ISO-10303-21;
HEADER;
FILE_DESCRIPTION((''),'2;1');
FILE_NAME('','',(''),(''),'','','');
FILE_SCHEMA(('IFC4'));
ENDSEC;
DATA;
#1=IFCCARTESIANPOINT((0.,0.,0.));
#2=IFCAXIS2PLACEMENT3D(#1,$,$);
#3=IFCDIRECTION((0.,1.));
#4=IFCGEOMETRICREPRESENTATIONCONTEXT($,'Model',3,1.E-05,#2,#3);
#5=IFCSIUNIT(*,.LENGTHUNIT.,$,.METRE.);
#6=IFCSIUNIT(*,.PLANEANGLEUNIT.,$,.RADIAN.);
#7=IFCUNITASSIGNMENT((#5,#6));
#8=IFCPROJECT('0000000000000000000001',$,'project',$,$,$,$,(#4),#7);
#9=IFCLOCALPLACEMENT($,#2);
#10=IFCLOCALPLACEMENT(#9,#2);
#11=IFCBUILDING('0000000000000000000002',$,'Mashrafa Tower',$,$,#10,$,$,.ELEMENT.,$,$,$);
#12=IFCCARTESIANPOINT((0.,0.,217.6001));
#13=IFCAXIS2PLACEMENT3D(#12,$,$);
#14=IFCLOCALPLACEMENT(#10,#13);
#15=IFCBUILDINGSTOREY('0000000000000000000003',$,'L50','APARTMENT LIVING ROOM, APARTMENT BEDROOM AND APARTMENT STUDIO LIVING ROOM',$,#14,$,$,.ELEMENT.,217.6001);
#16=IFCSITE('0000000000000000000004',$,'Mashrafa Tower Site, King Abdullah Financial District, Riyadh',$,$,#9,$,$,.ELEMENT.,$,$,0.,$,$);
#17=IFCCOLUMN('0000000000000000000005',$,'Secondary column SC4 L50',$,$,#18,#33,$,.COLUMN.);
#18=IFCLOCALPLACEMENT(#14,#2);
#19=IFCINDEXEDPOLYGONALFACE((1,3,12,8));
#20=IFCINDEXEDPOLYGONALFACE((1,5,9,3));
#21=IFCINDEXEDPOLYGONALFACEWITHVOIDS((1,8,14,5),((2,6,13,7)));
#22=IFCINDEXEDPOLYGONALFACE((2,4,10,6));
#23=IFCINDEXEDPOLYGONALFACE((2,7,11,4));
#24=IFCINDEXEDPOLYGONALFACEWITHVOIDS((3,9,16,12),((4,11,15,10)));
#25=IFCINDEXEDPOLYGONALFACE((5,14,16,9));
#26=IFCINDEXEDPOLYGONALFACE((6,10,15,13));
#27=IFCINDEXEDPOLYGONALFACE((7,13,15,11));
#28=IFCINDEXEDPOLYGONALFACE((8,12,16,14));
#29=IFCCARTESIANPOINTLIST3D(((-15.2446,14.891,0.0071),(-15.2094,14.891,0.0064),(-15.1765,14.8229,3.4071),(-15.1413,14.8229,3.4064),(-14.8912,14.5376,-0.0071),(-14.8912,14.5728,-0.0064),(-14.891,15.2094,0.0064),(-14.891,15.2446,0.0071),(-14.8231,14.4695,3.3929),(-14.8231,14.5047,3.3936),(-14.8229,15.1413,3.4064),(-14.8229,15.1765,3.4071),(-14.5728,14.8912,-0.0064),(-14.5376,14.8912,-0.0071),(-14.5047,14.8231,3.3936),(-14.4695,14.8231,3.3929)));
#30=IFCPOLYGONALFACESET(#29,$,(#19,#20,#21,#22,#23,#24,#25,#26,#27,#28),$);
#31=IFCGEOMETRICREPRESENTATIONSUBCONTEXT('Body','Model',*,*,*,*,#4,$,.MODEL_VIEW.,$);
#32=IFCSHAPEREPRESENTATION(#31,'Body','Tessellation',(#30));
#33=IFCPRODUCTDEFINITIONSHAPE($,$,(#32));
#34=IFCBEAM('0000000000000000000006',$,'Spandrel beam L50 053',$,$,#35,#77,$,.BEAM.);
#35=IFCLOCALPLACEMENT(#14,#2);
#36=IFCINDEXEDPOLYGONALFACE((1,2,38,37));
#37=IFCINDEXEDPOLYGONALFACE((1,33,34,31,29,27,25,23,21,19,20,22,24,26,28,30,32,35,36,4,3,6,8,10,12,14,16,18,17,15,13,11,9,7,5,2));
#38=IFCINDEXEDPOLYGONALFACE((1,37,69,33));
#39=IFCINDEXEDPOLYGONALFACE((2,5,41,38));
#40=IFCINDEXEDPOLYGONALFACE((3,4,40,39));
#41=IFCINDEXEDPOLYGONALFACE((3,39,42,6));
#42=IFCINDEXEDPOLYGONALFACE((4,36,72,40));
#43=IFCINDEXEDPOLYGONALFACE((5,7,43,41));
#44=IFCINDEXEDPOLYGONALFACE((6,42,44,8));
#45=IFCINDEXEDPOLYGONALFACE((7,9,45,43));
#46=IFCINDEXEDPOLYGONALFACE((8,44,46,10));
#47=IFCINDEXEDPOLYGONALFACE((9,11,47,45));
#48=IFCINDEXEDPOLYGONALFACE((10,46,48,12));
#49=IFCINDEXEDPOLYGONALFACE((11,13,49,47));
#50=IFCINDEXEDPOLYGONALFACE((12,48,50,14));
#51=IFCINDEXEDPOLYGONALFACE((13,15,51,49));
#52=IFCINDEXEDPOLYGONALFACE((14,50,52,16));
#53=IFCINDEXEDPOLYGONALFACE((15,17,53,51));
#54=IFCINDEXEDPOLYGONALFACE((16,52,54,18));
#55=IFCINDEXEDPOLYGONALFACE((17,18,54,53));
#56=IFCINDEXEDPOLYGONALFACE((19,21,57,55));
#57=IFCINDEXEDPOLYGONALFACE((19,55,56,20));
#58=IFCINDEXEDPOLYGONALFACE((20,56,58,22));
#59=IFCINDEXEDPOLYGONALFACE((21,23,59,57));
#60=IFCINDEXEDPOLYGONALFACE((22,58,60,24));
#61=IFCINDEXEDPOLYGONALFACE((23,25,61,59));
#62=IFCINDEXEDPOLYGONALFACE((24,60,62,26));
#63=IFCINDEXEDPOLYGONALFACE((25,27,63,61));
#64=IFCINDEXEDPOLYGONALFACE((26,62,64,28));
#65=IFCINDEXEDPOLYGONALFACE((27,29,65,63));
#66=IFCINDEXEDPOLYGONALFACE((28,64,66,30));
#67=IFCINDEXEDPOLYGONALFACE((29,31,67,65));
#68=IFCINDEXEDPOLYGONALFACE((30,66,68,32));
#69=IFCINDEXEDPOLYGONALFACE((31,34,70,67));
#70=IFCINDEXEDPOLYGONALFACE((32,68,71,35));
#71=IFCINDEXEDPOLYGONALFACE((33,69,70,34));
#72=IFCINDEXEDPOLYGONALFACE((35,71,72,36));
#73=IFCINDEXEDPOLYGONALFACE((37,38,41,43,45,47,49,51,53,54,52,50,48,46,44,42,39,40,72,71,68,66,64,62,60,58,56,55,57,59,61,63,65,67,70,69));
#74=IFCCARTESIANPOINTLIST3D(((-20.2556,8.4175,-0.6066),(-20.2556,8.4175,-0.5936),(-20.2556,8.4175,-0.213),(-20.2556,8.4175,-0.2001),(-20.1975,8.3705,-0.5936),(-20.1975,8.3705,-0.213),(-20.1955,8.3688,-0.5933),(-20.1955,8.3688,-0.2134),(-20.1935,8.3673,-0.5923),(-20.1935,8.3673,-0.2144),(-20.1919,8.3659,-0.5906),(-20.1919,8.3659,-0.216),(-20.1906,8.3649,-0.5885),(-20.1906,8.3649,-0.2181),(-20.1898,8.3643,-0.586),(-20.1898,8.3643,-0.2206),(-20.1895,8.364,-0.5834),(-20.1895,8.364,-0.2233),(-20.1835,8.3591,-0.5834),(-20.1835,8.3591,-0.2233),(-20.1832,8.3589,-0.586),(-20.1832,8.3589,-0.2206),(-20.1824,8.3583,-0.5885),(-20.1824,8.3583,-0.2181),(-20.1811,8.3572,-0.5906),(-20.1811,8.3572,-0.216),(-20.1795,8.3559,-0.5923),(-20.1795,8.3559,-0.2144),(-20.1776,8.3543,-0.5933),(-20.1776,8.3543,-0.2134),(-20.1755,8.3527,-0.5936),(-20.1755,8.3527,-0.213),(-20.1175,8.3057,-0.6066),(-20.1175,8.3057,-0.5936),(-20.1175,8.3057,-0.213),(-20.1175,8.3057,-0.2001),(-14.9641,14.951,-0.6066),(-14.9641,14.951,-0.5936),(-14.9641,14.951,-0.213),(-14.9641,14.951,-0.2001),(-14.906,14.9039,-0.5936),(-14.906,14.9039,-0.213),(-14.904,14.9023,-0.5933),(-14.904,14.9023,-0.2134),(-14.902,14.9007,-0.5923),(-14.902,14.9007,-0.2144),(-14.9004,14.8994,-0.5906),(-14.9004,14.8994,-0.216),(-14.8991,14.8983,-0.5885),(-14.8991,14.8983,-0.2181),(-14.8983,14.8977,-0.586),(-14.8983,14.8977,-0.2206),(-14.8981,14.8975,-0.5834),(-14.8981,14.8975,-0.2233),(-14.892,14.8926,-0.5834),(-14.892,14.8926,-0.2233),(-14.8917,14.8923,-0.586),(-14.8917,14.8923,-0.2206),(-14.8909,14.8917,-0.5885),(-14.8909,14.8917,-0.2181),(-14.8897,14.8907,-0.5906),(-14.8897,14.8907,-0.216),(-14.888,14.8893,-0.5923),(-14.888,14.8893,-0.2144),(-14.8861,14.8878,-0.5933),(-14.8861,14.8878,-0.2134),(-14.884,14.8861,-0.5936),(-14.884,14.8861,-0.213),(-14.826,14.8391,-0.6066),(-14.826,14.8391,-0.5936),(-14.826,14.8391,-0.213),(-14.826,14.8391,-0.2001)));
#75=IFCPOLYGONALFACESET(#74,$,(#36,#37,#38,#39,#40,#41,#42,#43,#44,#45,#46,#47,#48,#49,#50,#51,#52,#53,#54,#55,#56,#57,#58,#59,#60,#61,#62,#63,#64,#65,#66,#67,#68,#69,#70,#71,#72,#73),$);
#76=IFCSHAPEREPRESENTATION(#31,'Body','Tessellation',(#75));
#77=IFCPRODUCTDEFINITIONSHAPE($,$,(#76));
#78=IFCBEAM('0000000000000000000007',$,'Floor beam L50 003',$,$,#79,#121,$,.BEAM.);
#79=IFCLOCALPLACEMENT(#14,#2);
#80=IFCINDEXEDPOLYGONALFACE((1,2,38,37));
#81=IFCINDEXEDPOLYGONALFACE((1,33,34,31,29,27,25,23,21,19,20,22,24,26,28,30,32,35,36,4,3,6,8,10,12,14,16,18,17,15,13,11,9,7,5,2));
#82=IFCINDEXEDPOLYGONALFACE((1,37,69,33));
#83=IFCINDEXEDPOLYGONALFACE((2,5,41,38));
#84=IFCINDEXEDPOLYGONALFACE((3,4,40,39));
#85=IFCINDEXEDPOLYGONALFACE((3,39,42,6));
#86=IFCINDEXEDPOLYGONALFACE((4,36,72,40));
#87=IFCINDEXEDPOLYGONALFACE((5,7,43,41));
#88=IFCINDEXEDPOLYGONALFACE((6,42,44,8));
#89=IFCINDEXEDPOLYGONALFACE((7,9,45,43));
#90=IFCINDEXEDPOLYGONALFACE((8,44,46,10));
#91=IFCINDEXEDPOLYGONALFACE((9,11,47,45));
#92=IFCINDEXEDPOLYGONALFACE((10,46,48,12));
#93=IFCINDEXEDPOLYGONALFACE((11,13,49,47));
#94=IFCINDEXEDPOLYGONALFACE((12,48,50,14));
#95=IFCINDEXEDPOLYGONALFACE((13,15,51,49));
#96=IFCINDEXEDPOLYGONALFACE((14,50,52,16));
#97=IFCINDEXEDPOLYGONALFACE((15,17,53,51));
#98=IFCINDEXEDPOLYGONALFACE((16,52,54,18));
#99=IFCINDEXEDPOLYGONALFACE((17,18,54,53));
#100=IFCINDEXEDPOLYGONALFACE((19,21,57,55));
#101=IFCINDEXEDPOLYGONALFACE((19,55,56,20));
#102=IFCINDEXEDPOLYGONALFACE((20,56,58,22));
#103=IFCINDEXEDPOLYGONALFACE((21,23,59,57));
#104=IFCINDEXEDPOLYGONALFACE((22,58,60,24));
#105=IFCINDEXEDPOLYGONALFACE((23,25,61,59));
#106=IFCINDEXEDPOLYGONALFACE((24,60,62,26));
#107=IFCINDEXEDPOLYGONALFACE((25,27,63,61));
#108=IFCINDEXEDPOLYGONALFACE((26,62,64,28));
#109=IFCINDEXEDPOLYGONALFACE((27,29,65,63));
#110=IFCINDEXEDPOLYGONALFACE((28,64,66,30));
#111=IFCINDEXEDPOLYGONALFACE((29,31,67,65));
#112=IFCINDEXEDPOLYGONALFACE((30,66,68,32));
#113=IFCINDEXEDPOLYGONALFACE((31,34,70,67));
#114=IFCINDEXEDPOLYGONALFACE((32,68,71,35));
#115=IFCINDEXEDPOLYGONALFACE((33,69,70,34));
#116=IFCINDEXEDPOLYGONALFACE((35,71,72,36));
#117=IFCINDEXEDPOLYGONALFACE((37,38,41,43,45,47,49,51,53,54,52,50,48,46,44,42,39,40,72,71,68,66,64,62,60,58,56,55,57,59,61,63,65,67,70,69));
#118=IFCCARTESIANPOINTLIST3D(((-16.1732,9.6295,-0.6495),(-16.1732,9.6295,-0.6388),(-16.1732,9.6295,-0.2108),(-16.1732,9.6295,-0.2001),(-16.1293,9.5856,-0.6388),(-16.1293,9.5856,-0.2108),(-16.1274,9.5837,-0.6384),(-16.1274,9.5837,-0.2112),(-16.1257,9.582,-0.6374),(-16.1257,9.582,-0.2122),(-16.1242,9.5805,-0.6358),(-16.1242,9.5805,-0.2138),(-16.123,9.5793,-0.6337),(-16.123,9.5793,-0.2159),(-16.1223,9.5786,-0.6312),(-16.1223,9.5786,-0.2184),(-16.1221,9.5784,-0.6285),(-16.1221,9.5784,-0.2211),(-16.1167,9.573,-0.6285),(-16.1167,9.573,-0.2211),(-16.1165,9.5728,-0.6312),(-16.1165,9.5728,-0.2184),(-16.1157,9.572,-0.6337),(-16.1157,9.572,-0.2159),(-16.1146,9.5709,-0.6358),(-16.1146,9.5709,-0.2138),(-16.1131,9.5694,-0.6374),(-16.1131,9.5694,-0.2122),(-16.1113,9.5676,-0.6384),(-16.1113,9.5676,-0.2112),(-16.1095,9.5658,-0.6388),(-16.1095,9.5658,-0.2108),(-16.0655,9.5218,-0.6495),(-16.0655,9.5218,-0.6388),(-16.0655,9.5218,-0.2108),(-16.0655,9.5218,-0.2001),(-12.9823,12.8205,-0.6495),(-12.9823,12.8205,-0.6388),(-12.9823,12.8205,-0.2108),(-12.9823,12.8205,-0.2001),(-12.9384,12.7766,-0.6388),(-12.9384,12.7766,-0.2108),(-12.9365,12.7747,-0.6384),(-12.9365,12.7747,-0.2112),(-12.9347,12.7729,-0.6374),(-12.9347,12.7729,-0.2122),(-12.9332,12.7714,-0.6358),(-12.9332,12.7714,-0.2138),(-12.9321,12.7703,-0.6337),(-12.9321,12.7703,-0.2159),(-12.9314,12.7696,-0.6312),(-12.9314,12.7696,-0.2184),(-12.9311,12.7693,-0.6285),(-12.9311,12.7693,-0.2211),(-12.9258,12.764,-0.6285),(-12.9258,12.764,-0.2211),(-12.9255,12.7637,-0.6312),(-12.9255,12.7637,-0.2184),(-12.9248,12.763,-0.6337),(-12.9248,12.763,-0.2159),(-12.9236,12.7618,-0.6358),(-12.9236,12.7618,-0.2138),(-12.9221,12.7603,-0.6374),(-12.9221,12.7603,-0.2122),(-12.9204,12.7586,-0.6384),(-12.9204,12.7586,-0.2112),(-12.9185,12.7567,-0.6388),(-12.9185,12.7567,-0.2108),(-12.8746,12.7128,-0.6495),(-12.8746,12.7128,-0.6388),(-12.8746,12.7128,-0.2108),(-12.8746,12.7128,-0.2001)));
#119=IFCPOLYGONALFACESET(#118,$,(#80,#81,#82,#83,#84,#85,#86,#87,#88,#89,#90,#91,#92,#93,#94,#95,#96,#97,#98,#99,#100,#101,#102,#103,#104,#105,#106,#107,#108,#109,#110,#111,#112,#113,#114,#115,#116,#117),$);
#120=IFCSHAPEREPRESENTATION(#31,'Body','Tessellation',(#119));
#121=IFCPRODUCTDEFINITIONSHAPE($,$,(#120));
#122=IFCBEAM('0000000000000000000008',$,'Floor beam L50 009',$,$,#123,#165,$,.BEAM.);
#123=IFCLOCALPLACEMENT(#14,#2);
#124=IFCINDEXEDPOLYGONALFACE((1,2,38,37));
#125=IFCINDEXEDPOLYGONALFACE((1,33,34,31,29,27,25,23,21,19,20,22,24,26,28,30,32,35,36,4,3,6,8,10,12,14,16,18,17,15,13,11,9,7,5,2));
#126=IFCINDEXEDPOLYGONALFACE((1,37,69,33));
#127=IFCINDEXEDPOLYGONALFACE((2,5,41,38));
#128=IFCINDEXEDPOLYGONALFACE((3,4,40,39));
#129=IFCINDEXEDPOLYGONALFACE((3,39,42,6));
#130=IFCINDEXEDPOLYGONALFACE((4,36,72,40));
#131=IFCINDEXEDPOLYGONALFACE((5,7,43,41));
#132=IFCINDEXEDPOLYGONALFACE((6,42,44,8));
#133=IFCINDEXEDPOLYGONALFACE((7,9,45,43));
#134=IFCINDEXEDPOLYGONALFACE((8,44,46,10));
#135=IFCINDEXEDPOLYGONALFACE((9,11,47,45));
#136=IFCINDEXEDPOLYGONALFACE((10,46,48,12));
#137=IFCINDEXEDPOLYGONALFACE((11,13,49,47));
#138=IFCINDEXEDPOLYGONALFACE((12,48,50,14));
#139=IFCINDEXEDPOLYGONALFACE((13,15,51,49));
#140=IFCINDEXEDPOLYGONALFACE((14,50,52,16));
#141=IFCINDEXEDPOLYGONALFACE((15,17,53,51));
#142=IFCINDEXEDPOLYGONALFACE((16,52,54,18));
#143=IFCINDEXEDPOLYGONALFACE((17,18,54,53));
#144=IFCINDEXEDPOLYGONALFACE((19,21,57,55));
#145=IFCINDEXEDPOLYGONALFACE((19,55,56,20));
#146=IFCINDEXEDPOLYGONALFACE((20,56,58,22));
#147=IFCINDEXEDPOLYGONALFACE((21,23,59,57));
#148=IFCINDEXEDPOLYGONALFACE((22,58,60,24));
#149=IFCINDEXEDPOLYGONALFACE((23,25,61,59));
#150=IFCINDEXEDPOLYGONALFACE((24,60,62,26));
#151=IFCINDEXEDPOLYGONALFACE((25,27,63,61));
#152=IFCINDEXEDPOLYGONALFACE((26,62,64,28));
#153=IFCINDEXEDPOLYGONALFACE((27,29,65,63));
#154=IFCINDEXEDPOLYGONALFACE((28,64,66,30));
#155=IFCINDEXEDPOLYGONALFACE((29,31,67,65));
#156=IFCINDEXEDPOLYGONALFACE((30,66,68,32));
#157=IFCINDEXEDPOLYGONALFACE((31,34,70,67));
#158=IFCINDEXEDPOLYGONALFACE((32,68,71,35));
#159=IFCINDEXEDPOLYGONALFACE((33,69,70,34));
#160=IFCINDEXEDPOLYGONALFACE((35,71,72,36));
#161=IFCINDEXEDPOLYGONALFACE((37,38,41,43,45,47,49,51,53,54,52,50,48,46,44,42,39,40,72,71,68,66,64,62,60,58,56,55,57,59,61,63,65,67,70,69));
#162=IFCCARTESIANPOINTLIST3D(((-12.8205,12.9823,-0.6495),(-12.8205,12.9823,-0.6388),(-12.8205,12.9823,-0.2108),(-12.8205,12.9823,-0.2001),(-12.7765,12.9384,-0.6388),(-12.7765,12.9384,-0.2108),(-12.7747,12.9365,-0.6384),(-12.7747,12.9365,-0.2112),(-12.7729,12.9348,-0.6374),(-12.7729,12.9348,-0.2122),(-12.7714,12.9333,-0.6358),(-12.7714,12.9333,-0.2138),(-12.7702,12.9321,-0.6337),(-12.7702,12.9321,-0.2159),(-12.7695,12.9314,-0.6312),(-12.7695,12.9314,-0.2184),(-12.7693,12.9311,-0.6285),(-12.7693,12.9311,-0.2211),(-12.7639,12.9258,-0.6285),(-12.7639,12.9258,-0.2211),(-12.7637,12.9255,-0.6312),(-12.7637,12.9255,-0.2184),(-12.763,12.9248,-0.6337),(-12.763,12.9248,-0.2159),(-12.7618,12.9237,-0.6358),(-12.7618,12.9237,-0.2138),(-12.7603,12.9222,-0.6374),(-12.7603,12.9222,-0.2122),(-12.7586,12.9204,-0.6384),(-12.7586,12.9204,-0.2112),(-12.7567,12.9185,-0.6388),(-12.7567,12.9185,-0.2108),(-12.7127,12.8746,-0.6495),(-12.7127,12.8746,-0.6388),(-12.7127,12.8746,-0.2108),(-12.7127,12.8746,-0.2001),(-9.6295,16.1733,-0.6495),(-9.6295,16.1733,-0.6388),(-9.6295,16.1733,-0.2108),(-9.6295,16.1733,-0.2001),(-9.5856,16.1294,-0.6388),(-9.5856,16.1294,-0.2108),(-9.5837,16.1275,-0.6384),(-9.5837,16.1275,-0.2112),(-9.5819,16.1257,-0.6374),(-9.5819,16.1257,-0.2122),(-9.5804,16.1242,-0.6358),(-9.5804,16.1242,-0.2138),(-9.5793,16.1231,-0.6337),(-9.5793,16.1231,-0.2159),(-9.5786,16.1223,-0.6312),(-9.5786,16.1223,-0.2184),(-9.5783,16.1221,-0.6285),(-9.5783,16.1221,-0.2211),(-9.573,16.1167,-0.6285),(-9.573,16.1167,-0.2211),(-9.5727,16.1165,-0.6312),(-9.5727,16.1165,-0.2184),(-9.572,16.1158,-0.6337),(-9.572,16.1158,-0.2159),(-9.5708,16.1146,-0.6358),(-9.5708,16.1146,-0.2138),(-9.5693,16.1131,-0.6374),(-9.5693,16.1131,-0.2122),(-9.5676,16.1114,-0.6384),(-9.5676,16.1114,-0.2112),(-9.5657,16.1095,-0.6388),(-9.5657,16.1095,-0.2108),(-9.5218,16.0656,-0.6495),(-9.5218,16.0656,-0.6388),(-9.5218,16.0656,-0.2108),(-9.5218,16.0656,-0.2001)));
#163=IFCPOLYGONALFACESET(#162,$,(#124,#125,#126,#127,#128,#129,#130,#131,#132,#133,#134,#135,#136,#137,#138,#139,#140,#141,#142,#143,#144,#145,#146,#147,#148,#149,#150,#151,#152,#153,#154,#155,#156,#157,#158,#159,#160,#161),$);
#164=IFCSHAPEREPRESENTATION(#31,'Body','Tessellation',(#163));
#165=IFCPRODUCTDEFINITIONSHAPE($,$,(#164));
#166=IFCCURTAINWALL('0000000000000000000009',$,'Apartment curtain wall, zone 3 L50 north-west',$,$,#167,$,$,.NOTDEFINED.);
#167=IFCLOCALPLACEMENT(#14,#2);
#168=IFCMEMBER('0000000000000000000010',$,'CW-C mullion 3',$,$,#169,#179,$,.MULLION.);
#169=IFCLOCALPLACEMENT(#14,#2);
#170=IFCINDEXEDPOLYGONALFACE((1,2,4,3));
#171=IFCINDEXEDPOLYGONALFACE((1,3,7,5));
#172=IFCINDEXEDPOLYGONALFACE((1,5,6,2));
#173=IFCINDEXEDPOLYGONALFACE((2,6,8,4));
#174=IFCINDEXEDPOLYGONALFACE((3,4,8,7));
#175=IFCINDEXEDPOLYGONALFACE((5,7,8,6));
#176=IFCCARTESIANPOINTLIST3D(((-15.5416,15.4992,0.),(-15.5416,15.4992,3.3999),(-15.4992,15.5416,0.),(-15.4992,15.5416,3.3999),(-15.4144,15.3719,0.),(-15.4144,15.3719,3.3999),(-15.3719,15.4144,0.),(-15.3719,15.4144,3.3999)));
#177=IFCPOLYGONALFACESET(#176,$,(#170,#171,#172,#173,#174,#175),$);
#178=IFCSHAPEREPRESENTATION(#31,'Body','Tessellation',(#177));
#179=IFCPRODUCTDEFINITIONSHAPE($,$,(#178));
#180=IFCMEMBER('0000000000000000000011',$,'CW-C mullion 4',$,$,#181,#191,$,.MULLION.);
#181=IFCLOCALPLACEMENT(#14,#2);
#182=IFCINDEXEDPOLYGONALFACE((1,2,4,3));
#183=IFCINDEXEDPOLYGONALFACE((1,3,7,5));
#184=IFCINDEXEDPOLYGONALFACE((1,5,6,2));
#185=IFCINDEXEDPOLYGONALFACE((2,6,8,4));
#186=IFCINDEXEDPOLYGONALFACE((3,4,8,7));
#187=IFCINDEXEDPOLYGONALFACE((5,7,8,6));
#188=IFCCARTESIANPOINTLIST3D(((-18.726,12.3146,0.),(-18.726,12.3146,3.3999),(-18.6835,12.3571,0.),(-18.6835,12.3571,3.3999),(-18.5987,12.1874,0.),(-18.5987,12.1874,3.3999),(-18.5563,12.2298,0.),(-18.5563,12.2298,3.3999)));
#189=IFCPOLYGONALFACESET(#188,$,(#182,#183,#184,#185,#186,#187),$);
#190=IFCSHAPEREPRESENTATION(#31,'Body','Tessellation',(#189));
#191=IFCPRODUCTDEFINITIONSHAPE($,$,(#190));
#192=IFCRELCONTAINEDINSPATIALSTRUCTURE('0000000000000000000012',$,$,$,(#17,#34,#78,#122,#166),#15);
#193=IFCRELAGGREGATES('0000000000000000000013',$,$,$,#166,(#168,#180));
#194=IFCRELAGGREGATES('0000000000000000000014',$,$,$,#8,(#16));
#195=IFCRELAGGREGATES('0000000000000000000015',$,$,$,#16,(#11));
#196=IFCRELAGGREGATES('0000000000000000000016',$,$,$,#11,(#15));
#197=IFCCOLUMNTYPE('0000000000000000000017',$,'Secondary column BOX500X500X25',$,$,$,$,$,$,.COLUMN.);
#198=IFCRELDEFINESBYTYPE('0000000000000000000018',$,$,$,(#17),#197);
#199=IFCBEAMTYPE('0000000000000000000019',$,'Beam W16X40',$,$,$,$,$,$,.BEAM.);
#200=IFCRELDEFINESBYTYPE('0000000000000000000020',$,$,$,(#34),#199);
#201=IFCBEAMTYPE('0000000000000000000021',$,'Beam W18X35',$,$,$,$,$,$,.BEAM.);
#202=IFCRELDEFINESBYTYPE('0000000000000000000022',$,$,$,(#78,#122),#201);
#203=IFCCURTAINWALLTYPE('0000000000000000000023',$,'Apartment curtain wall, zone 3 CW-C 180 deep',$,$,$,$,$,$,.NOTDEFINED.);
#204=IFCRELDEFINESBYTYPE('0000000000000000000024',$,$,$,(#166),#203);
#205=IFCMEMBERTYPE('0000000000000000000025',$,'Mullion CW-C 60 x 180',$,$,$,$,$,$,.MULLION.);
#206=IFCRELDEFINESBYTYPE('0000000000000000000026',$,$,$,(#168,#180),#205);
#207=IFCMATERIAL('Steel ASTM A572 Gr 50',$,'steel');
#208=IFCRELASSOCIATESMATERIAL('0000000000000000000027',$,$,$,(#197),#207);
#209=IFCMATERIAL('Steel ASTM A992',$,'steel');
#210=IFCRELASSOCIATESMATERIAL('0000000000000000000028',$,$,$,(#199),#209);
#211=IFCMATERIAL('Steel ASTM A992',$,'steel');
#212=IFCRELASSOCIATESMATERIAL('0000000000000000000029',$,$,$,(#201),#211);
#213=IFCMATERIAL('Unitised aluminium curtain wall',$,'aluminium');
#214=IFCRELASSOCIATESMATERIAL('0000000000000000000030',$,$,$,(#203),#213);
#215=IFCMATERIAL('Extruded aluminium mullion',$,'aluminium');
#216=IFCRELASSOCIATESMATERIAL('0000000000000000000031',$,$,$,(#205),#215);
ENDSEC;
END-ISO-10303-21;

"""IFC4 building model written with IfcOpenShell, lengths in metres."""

from ifc_helpers import new_model, si_unit, direction, frame, origin, origin_2d, place, context, subcontext, project, spatial, rectangle, hollow_rectangle, i_section, extrude, source, transform, mapped, material, material_profile, profile_set, type_object, type_shapes, element, aggregate, save


model = new_model("IFC4")

# Units and contexts
model_context = context("Model", 3, precision=1e-05, world=origin(), true_north=direction((0.0, 1.0)))
body_context = subcontext(model_context, "Body", "Model", "MODEL_VIEW")
ifc_project = project(units=[si_unit("LENGTHUNIT", "METRE"), si_unit("PLANEANGLEUNIT", "RADIAN")], contexts=[model_context])

# Site, building, storey
site_placement = place(None, origin())
site = spatial("IfcSite", under=ifc_project, at=site_placement, Name="Mashrafa Tower Site, King Abdullah Financial District, Riyadh", CompositionType="ELEMENT", RefElevation=0.0)
building_placement = place(site_placement, origin())
building = spatial("IfcBuilding", under=site, at=building_placement, Name="Mashrafa Tower", CompositionType="ELEMENT")
storey_placement = place(building_placement, frame((0.0, 0.0, 217.6001)))
storey = spatial("IfcBuildingStorey", under=building, at=storey_placement, Name="L50", Description="APARTMENT LIVING ROOM, APARTMENT BEDROOM AND APARTMENT STUDIO LIVING ROOM", CompositionType="ELEMENT", Elevation=217.6001)

# Column
ifc_material_1 = material(Name="Steel ASTM A572 Gr 50", Category="steel")
ifc_material_profile_1 = material_profile(ifc_material_1, hollow_rectangle(XDim=0.5, YDim=0.5, WallThickness=0.0249, at=origin_2d()), Name="BOX500X500X25")
ifc_profile_set_1 = profile_set([ifc_material_profile_1], Name="Steel ASTM A572 Gr 50")
column_type = type_object("IfcColumnType", Name="Secondary column BOX500X500X25", PredefinedType="COLUMN", material=ifc_profile_set_1)
column_placement = place(storey_placement, frame((-14.8911, 14.8911, 0.0), z_axis=(0.020026, -0.020026, 0.999599), x_axis=(0.707107, 0.707107, 0.0)))
element("IfcColumn", 1, at=column_placement, inside=storey, type_object=column_type, Name="Secondary column SC4 L50", PredefinedType="COLUMN", context=body_context, shape_type="SweptSolid", body=[
    extrude(hollow_rectangle(XDim=0.5, YDim=0.5, WallThickness=0.0249, at=origin_2d()), origin(), (0.0, 0.0, 1.0), 3.4014),
])

# Beams
ifc_material_2 = material(Name="Steel ASTM A992", Category="steel")
ifc_material_profile_2 = material_profile(ifc_material_2, i_section(OverallWidth=0.1777, OverallDepth=0.4065, WebThickness=0.0078, FlangeThickness=0.0129, FilletRadius=0.0103, at=origin_2d()), Name="W16X40")
ifc_profile_set_2 = profile_set([ifc_material_profile_2], Name="Steel ASTM A992")
beam_type_1 = type_object("IfcBeamType", Name="Beam W16X40", PredefinedType="BEAM", material=ifc_profile_set_2)
beam_placement = place(storey_placement, frame((-14.895, 14.895, -0.4033), z_axis=(-0.629379, -0.777098, 0.0), x_axis=(0.777098, -0.629379, 0.0)))
element("IfcBeam", 2, at=beam_placement, inside=storey, type_object=beam_type_1, Name="Spandrel beam L50 053", PredefinedType="BEAM", context=body_context, shape_type="SweptSolid", body=[
    extrude(i_section(OverallWidth=0.1777, OverallDepth=0.4065, WebThickness=0.0078, FlangeThickness=0.0129, FilletRadius=0.0103, at=origin_2d()), origin(), (0.0, 0.0, 1.0), 8.4075),
])
ifc_material_3 = material(Name="Steel ASTM A992", Category="steel")
ifc_material_profile_3 = material_profile(ifc_material_3, i_section(OverallWidth=0.1523, OverallDepth=0.4495, WebThickness=0.0076, FlangeThickness=0.0107, FilletRadius=0.0103, at=origin_2d()), Name="W18X35")
ifc_profile_set_3 = profile_set([ifc_material_profile_3], Name="Steel ASTM A992")
beam_type_2 = type_object("IfcBeamType", Name="Beam W18X35", PredefinedType="BEAM", material=ifc_profile_set_3)
for number, where, z_axis, x_axis, name in (
    (3, (-16.1194, 9.5757, -0.4248), (0.707107, 0.707107, 0.0), (-0.707107, 0.707107, 0.0), "Floor beam L50 003"),
    (4, (-12.7666, 12.9285, -0.4248), (0.707107, 0.707107, 0.0), (-0.707107, 0.707107, 0.0), "Floor beam L50 009"),
):
    element("IfcBeam", number, at=place(storey_placement, frame(where, z_axis=z_axis, x_axis=x_axis)), inside=storey, type_object=beam_type_2, Name=name, PredefinedType="BEAM", context=body_context, shape_type="SweptSolid", body=[
        extrude(i_section(OverallWidth=0.1523, OverallDepth=0.4495, WebThickness=0.0076, FlangeThickness=0.0107, FilletRadius=0.0103, at=origin_2d()), origin(), (0.0, 0.0, 1.0), 4.5127),
    ])

# Curtain wall, members
ifc_material_4 = material(Name="Unitised aluminium curtain wall", Category="aluminium")
curtain_wall_type = type_object("IfcCurtainWallType", Name="Apartment curtain wall, zone 3 CW-C 180 deep", PredefinedType="NOTDEFINED", material=ifc_material_4)
curtain_wall_placement = place(storey_placement, origin())
curtain_wall = element("IfcCurtainWall", 5, at=curtain_wall_placement, inside=storey, type_object=curtain_wall_type, Name="Apartment curtain wall, zone 3 L50 north-west", PredefinedType="NOTDEFINED")
ifc_material_5 = material(Name="Extruded aluminium mullion", Category="aluminium")
ifc_material_profile_4 = material_profile(ifc_material_5, rectangle(XDim=0.1799, YDim=0.0601, at=origin_2d()), Name="Mullion 60x180")
ifc_profile_set_4 = profile_set([ifc_material_profile_4], Name="Extruded aluminium mullion")
member_type_1 = type_object("IfcMemberType", Name="Mullion CW-C 60 x 180", PredefinedType="MULLION", material=ifc_profile_set_4)
shared_shape_1 = source(origin(), body_context, "Body", "SweptSolid", [
    extrude(rectangle(XDim=0.1799, YDim=0.0601, at=origin_2d()), origin(), (0.0, 0.0, 1.0), 3.3999),
])
type_shapes(member_type_1, [shared_shape_1])
member_1_placement = place(storey_placement, frame((-15.4568, 15.4568, 0.0), z_axis=(0.0, 0.0, 1.0), x_axis=(0.707107, -0.707107, 0.0)))
member_1 = element("IfcMember", 6, at=member_1_placement, type_object=member_type_1, Name="CW-C mullion 3", PredefinedType="MULLION", context=body_context, shape_type="MappedRepresentation", body=[
    mapped(shared_shape_1, transform((0.0, 0.0, 0.0))),
])
member_2_placement = place(storey_placement, frame((-18.6411, 12.2722, 0.0), z_axis=(0.0, 0.0, 1.0), x_axis=(0.707107, -0.707107, 0.0)))
member_2 = element("IfcMember", 7, at=member_2_placement, type_object=member_type_1, Name="CW-C mullion 4", PredefinedType="MULLION", context=body_context, shape_type="MappedRepresentation", body=[
    mapped(shared_shape_1, transform((0.0, 0.0, 0.0))),
])
aggregate(curtain_wall, [member_1, member_2])

save(model, "model.ifc")
